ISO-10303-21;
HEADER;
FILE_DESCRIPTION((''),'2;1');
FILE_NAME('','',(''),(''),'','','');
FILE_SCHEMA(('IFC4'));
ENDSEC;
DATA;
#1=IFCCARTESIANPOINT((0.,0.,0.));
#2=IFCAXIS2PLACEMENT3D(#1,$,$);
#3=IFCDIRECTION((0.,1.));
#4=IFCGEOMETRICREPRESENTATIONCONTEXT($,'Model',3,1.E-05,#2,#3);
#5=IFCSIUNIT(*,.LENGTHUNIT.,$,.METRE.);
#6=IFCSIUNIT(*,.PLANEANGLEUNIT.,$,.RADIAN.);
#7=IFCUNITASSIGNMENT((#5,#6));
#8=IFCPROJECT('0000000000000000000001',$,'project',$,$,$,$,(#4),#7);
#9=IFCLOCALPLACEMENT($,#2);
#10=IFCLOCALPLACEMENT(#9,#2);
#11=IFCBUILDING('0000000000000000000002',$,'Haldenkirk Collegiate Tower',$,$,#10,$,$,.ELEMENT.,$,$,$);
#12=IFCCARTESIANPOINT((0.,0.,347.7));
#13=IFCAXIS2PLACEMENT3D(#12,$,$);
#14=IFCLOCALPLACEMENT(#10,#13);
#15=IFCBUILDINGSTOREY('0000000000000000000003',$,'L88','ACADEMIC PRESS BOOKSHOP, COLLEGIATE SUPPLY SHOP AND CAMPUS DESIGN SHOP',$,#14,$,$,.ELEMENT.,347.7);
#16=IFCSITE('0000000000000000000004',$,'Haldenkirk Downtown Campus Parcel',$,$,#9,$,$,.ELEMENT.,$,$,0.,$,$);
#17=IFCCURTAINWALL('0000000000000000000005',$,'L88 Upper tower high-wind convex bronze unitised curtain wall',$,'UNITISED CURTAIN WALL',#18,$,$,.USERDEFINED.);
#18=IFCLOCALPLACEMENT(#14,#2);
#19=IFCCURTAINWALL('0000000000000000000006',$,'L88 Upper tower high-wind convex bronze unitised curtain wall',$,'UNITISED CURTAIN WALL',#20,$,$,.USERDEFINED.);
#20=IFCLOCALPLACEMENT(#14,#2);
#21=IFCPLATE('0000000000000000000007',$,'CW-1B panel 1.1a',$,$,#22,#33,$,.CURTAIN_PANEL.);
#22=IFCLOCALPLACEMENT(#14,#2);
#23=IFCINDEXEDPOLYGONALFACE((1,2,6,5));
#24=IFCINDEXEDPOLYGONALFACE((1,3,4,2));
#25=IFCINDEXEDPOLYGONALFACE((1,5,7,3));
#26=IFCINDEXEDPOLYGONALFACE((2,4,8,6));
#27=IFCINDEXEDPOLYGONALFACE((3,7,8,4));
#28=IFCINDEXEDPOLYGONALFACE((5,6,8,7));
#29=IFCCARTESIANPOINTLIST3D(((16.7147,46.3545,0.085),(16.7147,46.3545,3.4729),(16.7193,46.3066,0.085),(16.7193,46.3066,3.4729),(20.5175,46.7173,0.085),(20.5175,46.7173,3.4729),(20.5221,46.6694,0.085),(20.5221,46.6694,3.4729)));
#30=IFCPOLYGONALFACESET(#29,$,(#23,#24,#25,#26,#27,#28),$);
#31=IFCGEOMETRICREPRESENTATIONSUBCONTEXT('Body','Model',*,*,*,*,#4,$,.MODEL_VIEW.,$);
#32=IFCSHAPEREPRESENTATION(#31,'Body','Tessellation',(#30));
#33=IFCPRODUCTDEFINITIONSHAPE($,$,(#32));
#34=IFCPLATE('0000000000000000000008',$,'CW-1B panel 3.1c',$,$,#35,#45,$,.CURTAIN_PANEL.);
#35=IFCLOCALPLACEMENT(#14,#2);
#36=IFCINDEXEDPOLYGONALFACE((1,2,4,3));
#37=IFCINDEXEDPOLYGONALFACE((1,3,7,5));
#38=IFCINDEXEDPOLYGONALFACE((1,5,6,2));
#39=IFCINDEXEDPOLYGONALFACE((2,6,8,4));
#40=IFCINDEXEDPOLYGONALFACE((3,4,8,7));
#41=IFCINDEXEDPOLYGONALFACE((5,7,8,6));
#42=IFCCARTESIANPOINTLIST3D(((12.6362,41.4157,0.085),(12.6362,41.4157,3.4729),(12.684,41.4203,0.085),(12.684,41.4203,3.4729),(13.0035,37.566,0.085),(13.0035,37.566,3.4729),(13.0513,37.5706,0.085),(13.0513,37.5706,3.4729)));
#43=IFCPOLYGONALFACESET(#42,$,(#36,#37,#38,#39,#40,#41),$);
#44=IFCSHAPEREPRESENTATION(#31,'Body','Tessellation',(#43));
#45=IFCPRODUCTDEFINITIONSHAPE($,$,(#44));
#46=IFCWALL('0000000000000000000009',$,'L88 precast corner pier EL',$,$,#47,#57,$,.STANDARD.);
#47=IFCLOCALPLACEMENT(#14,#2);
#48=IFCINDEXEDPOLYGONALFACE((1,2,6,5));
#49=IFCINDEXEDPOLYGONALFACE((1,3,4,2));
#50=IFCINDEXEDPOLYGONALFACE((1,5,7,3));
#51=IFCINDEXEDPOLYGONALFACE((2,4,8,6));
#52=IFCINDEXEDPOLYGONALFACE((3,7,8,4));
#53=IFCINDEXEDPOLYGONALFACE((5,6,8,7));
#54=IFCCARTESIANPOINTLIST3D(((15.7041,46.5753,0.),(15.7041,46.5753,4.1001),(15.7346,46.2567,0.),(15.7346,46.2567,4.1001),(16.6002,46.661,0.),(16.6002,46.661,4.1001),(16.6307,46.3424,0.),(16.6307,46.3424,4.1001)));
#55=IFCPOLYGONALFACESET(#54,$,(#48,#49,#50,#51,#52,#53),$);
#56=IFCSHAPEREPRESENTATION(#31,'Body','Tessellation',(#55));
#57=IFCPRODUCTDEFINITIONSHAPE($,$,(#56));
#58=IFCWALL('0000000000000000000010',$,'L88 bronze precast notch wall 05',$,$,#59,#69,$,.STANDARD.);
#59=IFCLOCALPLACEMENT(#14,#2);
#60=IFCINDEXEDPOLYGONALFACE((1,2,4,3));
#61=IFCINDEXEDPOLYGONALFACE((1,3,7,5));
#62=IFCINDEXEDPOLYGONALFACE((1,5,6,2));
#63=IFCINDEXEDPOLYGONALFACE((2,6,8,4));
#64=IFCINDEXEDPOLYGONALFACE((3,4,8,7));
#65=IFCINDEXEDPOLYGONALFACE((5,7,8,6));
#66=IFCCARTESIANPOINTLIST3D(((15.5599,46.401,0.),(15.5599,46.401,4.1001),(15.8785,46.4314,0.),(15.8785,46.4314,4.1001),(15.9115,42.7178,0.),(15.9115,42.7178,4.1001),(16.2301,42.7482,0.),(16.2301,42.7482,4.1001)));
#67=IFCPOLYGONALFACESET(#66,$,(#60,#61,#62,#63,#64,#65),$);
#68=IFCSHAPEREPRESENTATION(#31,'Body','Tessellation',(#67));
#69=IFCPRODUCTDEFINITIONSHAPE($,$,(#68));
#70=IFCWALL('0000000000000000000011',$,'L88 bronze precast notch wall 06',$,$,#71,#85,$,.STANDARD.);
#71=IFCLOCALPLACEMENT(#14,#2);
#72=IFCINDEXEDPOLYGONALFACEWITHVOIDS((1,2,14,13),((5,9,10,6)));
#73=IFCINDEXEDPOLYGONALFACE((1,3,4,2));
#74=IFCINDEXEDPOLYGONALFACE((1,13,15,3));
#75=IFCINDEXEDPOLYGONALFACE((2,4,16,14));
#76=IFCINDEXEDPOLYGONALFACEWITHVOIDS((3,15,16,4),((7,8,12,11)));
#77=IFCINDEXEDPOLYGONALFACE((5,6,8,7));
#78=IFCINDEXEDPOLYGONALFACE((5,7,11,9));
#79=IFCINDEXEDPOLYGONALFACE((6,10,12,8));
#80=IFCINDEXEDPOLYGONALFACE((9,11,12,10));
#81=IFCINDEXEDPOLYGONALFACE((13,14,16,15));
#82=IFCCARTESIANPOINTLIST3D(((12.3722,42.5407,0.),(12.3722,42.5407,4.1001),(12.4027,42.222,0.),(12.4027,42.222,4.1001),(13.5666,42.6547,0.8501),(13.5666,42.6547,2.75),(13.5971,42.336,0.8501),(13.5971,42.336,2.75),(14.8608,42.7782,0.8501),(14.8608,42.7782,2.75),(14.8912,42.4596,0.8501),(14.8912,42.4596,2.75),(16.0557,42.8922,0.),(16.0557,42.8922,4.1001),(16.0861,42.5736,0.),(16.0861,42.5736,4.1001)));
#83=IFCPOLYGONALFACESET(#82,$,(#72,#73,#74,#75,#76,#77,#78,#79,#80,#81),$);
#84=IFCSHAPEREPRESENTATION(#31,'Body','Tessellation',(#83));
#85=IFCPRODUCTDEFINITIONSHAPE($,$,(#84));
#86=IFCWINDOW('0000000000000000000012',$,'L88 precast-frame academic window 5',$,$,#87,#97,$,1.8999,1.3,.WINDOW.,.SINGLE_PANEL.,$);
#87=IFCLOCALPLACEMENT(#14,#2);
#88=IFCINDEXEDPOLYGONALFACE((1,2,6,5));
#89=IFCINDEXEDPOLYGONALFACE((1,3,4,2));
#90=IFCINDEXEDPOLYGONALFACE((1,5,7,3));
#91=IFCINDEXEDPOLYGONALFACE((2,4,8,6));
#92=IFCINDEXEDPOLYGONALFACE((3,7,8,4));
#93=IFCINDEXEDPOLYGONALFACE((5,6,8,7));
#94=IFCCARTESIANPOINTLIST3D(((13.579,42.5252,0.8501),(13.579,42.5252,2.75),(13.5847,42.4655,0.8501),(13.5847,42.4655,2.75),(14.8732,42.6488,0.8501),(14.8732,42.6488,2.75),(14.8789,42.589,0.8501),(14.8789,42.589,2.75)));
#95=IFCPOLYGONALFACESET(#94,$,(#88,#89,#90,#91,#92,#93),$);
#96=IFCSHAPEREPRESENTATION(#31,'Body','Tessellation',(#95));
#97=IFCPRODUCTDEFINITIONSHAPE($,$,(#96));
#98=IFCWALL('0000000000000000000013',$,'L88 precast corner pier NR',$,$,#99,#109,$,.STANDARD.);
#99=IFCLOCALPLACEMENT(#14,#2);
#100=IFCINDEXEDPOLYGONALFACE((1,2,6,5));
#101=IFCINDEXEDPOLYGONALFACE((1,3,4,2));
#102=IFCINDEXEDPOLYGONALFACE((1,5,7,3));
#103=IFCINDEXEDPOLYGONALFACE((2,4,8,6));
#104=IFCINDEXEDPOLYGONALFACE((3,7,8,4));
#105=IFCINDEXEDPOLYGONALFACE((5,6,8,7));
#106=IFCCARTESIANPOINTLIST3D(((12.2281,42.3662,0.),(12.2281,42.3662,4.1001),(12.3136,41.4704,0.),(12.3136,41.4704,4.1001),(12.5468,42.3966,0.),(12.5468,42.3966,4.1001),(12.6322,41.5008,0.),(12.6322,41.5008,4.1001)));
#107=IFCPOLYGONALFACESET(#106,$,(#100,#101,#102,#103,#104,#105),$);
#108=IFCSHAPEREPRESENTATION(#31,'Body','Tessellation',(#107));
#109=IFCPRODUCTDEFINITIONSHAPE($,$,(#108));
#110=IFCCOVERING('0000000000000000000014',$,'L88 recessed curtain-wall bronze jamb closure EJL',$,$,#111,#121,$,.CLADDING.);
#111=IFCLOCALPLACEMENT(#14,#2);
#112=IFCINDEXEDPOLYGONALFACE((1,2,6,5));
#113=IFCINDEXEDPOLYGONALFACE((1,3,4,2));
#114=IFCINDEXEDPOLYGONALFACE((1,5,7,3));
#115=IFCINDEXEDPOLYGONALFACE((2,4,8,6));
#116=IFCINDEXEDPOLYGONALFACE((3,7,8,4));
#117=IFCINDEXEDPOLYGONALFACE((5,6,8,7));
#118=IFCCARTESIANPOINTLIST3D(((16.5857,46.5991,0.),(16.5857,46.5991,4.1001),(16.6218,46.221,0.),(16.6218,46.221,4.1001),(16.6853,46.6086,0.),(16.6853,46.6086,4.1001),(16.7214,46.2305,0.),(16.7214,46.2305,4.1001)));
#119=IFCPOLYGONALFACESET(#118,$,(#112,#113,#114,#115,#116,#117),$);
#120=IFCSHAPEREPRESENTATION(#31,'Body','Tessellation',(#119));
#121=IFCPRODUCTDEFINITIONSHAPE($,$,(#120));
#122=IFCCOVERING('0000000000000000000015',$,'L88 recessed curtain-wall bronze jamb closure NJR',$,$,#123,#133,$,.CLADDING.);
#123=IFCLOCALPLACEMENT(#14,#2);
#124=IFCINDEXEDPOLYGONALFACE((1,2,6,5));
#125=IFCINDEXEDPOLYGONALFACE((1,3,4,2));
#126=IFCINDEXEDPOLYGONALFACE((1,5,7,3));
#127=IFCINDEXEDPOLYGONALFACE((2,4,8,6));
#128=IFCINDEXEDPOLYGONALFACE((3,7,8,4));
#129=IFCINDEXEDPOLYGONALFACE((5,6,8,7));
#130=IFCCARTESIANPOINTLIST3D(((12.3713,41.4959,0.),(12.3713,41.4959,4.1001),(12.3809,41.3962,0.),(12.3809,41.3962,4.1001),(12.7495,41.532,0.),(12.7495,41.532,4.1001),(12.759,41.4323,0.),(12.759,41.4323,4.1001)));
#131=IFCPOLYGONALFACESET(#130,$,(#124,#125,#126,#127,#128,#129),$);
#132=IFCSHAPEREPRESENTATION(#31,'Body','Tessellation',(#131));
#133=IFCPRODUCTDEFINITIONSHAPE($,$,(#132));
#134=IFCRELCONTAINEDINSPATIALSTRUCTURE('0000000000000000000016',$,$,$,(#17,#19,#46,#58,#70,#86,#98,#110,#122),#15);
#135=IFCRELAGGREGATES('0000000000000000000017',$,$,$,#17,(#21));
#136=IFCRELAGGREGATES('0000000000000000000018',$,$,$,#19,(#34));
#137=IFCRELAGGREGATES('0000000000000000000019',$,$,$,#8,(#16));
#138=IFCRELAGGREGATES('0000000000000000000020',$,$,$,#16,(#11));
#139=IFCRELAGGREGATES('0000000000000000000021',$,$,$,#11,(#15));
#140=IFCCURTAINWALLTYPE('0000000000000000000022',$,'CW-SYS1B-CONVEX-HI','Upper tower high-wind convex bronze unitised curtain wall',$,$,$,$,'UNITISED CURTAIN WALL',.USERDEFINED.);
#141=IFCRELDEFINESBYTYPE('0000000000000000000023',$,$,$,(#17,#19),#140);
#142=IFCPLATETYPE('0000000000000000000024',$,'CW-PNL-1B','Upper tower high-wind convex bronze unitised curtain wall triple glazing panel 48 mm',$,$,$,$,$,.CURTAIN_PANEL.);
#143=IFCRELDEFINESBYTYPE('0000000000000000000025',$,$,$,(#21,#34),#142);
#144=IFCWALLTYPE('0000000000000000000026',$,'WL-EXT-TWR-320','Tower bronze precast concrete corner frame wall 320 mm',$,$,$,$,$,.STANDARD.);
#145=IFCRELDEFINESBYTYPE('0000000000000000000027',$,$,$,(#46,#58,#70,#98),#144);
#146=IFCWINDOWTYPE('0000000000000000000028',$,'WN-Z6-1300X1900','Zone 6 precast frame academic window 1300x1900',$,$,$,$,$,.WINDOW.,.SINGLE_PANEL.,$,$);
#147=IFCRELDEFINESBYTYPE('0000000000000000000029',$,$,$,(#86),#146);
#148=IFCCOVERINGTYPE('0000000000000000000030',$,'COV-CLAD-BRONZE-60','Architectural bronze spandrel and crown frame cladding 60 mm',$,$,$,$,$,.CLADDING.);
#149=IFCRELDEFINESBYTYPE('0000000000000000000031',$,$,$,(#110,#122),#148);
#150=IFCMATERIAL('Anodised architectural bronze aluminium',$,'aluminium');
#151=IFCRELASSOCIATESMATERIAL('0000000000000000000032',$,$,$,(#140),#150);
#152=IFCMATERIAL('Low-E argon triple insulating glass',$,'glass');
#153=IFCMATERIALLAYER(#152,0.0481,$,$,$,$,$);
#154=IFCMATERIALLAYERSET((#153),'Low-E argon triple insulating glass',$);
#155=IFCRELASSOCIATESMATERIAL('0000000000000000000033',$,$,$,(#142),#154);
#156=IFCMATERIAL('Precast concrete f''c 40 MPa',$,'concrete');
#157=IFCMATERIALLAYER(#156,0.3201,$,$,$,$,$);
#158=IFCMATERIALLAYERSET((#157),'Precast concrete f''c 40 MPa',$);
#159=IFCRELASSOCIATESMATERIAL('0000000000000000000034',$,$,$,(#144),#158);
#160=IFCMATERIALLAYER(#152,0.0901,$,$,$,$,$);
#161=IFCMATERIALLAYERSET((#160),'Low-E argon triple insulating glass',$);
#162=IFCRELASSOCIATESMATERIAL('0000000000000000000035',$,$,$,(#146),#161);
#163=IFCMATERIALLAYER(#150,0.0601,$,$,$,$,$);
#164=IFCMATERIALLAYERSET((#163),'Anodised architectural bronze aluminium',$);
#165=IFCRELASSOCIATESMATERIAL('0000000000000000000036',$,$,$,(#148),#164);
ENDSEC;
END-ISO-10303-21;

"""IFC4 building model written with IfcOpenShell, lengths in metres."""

from ifc_helpers import new_model, si_unit, direction, frame, frame_2d, origin, origin_2d, place, context, subcontext, project, spatial, rectangle, extrude, source, transform, mapped, material, layer, layer_set, type_object, element, fill, aggregate, save


model = new_model("IFC4")

# Units and contexts
model_context = context("Model", 3, precision=1e-05, world=origin(), true_north=direction((0.0, 1.0)))
body_context = subcontext(model_context, "Body", "Model", "MODEL_VIEW")
ifc_project = project(units=[si_unit("LENGTHUNIT", "METRE"), si_unit("PLANEANGLEUNIT", "RADIAN")], contexts=[model_context])

# Site, building, storey
site_placement = place(None, origin())
site = spatial("IfcSite", under=ifc_project, at=site_placement, Name="Haldenkirk Downtown Campus Parcel", CompositionType="ELEMENT", RefElevation=0.0)
building_placement = place(site_placement, origin())
building = spatial("IfcBuilding", under=site, at=building_placement, Name="Haldenkirk Collegiate Tower", CompositionType="ELEMENT")
storey_placement = place(building_placement, frame((0.0, 0.0, 347.7)))
storey = spatial("IfcBuildingStorey", under=building, at=storey_placement, Name="L88", Description="ACADEMIC PRESS BOOKSHOP, COLLEGIATE SUPPLY SHOP AND CAMPUS DESIGN SHOP", CompositionType="ELEMENT", Elevation=347.7)

# Curtain walls
ifc_material_1 = material(Name="Anodised architectural bronze aluminium", Category="aluminium")
curtain_wall_type = type_object("IfcCurtainWallType", Name="CW-SYS1B-CONVEX-HI", Description="Upper tower high-wind convex bronze unitised curtain wall", ElementType="UNITISED CURTAIN WALL", PredefinedType="USERDEFINED", material=ifc_material_1)
curtain_wall_1_placement = place(storey_placement, origin())
curtain_wall_1 = element("IfcCurtainWall", 1, at=curtain_wall_1_placement, inside=storey, type_object=curtain_wall_type, Name="L88 Upper tower high-wind convex bronze unitised curtain wall", ObjectType="UNITISED CURTAIN WALL", PredefinedType="USERDEFINED")
curtain_wall_2_placement = place(storey_placement, origin())
curtain_wall_2 = element("IfcCurtainWall", 2, at=curtain_wall_2_placement, inside=storey, type_object=curtain_wall_type, Name="L88 Upper tower high-wind convex bronze unitised curtain wall", ObjectType="UNITISED CURTAIN WALL", PredefinedType="USERDEFINED")

# Plates
ifc_material_2 = material(Name="Low-E argon triple insulating glass", Category="glass")
ifc_layer_1 = layer(ifc_material_2, 0.0481)
ifc_layer_set_1 = layer_set([ifc_layer_1], Name="Low-E argon triple insulating glass")
plate_type = type_object("IfcPlateType", Name="CW-PNL-1B", Description="Upper tower high-wind convex bronze unitised curtain wall triple glazing panel 48 mm", PredefinedType="CURTAIN_PANEL", material=ifc_layer_set_1)
shared_shape_1 = source(origin(), body_context, "Body", "SweptSolid", [
    extrude(rectangle(XDim=3.8201, YDim=0.0481, at=origin_2d()), origin(), (0.0, 0.0, 1.0), 3.3879),
])
plate_1_placement = place(storey_placement, frame((18.6184, 46.512, 0.085), z_axis=(0.0, 0.0, 1.0), x_axis=(0.99548, 0.094976, 0.0)))
plate_1 = element("IfcPlate", 3, at=plate_1_placement, type_object=plate_type, Name="CW-1B panel 1.1a", PredefinedType="CURTAIN_PANEL", context=body_context, shape_type="MappedRepresentation", body=[
    mapped(shared_shape_1, transform((0.0, 0.0, 0.0), x_axis=(1.0, 0.0, 0.0), y_axis=(0.0, 1.0, 0.0), z_axis=(0.0, 0.0, 1.0), scale=1.0)),
])
aggregate(curtain_wall_1, [plate_1])
shared_shape_2 = source(origin(), body_context, "Body", "SweptSolid", [
    extrude(rectangle(XDim=3.8672, YDim=0.0481, at=origin_2d()), origin(), (0.0, 0.0, 1.0), 3.3879),
])
plate_2_placement = place(storey_placement, frame((12.8438, 39.4932, 0.085), z_axis=(0.0, 0.0, 1.0), x_axis=(-0.094977, 0.995479, 0.0)))
plate_2 = element("IfcPlate", 4, at=plate_2_placement, type_object=plate_type, Name="CW-1B panel 3.1c", PredefinedType="CURTAIN_PANEL", context=body_context, shape_type="MappedRepresentation", body=[
    mapped(shared_shape_2, transform((0.0, 0.0, 0.0), x_axis=(1.0, 0.0, 0.0), y_axis=(0.0, 1.0, 0.0), z_axis=(0.0, 0.0, 1.0), scale=1.0)),
])
aggregate(curtain_wall_2, [plate_2])

# Walls
ifc_material_3 = material(Name="Precast concrete f'c 40 MPa", Category="concrete")
ifc_layer_2 = layer(ifc_material_3, 0.3201)
ifc_layer_set_2 = layer_set([ifc_layer_2], Name="Precast concrete f'c 40 MPa")
wall_type = type_object("IfcWallType", Name="WL-EXT-TWR-320", Description="Tower bronze precast concrete corner frame wall 320 mm", PredefinedType="STANDARD", material=ifc_layer_set_2)
wall_1_placement = place(storey_placement, frame((15.7192, 46.416, 0.0), z_axis=(0.0, 0.0, 1.0), x_axis=(0.995458, 0.095206, 0.0)))
element("IfcWall", 5, at=wall_1_placement, inside=storey, type_object=wall_type, Name="L88 precast corner pier EL", PredefinedType="STANDARD", context=body_context, shape_type="SweptSolid", body=[
    extrude(rectangle(XDim=0.9001, YDim=0.3201, at=frame_2d((0.4502, 0.0))), origin(), (0.0, 0.0, 1.0), 4.1001),
])
wall_2_placement = place(storey_placement, frame((16.0708, 42.7329, 0.0), z_axis=(0.0, 0.0, 1.0), x_axis=(-0.095021, 0.995475, 0.0)))
element("IfcWall", 6, at=wall_2_placement, inside=storey, type_object=wall_type, Name="L88 bronze precast notch wall 05", PredefinedType="STANDARD", context=body_context, shape_type="SweptSolid", body=[
    extrude(rectangle(XDim=3.7, YDim=0.3201, at=frame_2d((1.8501, 0.0))), origin(), (0.0, 0.0, 1.0), 4.1001),
])

# Wall, opening, window
wall_3_placement = place(storey_placement, frame((12.3875, 42.3813, 0.0), z_axis=(0.0, 0.0, 1.0), x_axis=(0.995476, 0.095015, 0.0)))
wall_3 = element("IfcWall", 7, at=wall_3_placement, inside=storey, type_object=wall_type, Name="L88 bronze precast notch wall 06", PredefinedType="STANDARD", context=body_context, shape_type="SweptSolid", body=[
    extrude(rectangle(XDim=3.7002, YDim=0.3201, at=frame_2d((1.8501, 0.0))), origin(), (0.0, 0.0, 1.0), 4.1001),
])
opening_placement = place(wall_3_placement, frame((1.2, 0.0, 0.8501)))
opening = element("IfcOpeningElement", 8, at=opening_placement, cuts=wall_3, PredefinedType="OPENING", context=body_context, shape_type="SweptSolid", body=[
    extrude(rectangle(XDim=1.3, YDim=1.8999, at=frame_2d((0.6499, 0.95))), frame((0.0, 0.1699, 0.0), z_axis=(0.0, -1.0, 0.0), x_axis=(1.0, 0.0, 0.0)), (0.0, 0.0, 1.0), 0.3401),
])
ifc_layer_3 = layer(ifc_material_2, 0.0901)
ifc_layer_set_3 = layer_set([ifc_layer_3], Name="Low-E argon triple insulating glass")
window_type = type_object("IfcWindowType", Name="WN-Z6-1300X1900", Description="Zone 6 precast frame academic window 1300x1900", PartitioningType="SINGLE_PANEL", PredefinedType="WINDOW", material=ifc_layer_set_3)
window_placement = place(opening_placement, origin())
window = element("IfcWindow", 9, at=window_placement, inside=storey, type_object=window_type, Name="L88 precast-frame academic window 5", OverallHeight=1.8999, OverallWidth=1.3, PartitioningType="SINGLE_PANEL", PredefinedType="WINDOW", context=body_context, shape_type="SweptSolid", body=[
    extrude(rectangle(XDim=1.3, YDim=1.8999, at=frame_2d((0.6499, 0.95))), frame((0.0, 0.03, 0.0), z_axis=(0.0, -1.0, 0.0), x_axis=(1.0, 0.0, 0.0)), (0.0, 0.0, 1.0), 0.0601),
])
fill(opening, window)

# Wall
wall_4_placement = place(storey_placement, frame((12.4729, 41.4856, 0.0), z_axis=(0.0, 0.0, 1.0), x_axis=(-0.094963, 0.995481, 0.0)))
element("IfcWall", 10, at=wall_4_placement, inside=storey, type_object=wall_type, Name="L88 precast corner pier NR", PredefinedType="STANDARD", context=body_context, shape_type="SweptSolid", body=[
    extrude(rectangle(XDim=0.8999, YDim=0.3201, at=frame_2d((0.45, 0.0))), origin(), (0.0, 0.0, 1.0), 4.1001),
])

# Coverings
ifc_layer_4 = layer(ifc_material_1, 0.0601)
ifc_layer_set_4 = layer_set([ifc_layer_4], Name="Anodised architectural bronze aluminium")
covering_type = type_object("IfcCoveringType", Name="COV-CLAD-BRONZE-60", Description="Architectural bronze spandrel and crown frame cladding 60 mm", PredefinedType="CLADDING", material=ifc_layer_set_4)
shared_shape_3 = source(origin(), body_context, "Body", "SweptSolid", [
    extrude(rectangle(XDim=0.1001, YDim=0.3799, at=origin_2d()), origin(), (0.0, 0.0, 1.0), 4.1001),
])
for number, where, z_axis, x_axis, name in (
    (11, (16.6536, 46.4148, 0.0), (0.0, 0.0, 1.0), (0.995479, 0.094977, 0.0), "L88 recessed curtain-wall bronze jamb closure EJL"),
    (12, (12.5652, 41.4641, 0.0), (0.0, 0.0, 1.0), (-0.094977, 0.995479, 0.0), "L88 recessed curtain-wall bronze jamb closure NJR"),
):
    element("IfcCovering", number, at=place(storey_placement, frame(where, z_axis=z_axis, x_axis=x_axis)), inside=storey, type_object=covering_type, Name=name, PredefinedType="CLADDING", context=body_context, shape_type="MappedRepresentation", body=[
        mapped(shared_shape_3, transform((0.0, 0.0, 0.0), x_axis=(1.0, 0.0, 0.0), y_axis=(0.0, 1.0, 0.0), z_axis=(0.0, 0.0, 1.0), scale=1.0)),
    ])

save(model, "model.ifc")
